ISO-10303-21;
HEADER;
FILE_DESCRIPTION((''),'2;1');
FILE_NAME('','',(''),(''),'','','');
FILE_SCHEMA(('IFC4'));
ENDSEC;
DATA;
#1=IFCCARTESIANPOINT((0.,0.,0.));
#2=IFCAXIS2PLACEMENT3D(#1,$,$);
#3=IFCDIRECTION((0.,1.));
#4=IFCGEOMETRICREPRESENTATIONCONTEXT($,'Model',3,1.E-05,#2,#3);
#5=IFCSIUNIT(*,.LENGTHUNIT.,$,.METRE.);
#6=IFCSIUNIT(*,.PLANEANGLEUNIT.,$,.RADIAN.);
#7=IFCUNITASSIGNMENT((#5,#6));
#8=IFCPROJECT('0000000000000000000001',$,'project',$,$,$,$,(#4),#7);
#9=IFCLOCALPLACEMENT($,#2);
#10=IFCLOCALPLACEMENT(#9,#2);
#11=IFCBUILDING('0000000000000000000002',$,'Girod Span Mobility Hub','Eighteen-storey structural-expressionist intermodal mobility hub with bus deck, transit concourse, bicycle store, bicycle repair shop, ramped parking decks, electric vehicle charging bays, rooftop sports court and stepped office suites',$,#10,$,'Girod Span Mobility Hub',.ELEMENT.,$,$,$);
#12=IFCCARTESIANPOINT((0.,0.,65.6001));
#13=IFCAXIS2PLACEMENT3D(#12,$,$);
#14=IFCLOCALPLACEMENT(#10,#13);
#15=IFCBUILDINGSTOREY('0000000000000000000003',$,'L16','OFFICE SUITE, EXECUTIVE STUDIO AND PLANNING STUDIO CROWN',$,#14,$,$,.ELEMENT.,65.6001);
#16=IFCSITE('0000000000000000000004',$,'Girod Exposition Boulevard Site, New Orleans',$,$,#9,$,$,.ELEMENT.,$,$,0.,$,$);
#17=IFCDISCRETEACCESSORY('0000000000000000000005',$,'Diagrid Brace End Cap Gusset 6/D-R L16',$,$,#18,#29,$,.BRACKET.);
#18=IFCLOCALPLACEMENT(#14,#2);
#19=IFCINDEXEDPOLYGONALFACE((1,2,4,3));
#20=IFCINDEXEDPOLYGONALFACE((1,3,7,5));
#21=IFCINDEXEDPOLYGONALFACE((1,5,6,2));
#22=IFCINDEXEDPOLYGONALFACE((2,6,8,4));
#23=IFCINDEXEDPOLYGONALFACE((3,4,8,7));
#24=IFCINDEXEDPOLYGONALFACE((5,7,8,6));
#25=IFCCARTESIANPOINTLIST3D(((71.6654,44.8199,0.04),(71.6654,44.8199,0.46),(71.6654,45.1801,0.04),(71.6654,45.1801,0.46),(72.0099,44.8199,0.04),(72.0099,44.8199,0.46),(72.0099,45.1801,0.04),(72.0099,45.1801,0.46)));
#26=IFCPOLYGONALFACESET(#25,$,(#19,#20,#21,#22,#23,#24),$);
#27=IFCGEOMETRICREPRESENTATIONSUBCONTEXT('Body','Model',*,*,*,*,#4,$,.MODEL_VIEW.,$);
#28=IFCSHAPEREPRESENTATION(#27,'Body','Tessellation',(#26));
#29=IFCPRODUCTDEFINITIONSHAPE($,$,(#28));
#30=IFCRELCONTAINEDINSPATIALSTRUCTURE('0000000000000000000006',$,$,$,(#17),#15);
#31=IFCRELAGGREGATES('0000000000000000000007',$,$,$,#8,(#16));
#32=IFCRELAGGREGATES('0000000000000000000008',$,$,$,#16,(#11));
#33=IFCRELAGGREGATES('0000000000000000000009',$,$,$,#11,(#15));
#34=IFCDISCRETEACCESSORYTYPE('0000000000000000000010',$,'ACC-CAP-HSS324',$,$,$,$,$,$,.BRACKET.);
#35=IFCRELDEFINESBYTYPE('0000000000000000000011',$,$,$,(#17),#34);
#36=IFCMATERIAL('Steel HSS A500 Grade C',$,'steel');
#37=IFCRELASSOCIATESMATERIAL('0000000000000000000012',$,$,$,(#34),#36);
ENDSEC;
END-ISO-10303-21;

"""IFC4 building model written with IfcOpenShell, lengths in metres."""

from ifc_helpers import new_model, si_unit, direction, frame, origin, origin_2d, place, context, subcontext, project, spatial, rectangle, extrude, material, type_object, element, save


model = new_model("IFC4")

# Units and contexts
model_context = context("Model", 3, precision=1e-05, world=origin(), true_north=direction((0.0, 1.0)))
body_context = subcontext(model_context, "Body", "Model", "MODEL_VIEW")
ifc_project = project(units=[si_unit("LENGTHUNIT", "METRE"), si_unit("PLANEANGLEUNIT", "RADIAN")], contexts=[model_context])

# Site, building, storey
site_placement = place(None, origin())
site = spatial("IfcSite", under=ifc_project, at=site_placement, Name="Girod Exposition Boulevard Site, New Orleans", CompositionType="ELEMENT", RefElevation=0.0)
building_placement = place(site_placement, origin())
building = spatial("IfcBuilding", under=site, at=building_placement, Name="Girod Span Mobility Hub", Description="Eighteen-storey structural-expressionist intermodal mobility hub with bus deck, transit concourse, bicycle store, bicycle repair shop, ramped parking decks, electric vehicle charging bays, rooftop sports court and stepped office suites", LongName="Girod Span Mobility Hub", CompositionType="ELEMENT")
storey_placement = place(building_placement, frame((0.0, 0.0, 65.6001)))
storey = spatial("IfcBuildingStorey", under=building, at=storey_placement, Name="L16", Description="OFFICE SUITE, EXECUTIVE STUDIO AND PLANNING STUDIO CROWN", CompositionType="ELEMENT", Elevation=65.6001)

# Discrete accessory
ifc_material_1 = material(Name="Steel HSS A500 Grade C", Category="steel")
discrete_accessory_type = type_object("IfcDiscreteAccessoryType", Name="ACC-CAP-HSS324", PredefinedType="BRACKET", material=ifc_material_1)
discrete_accessory_placement = place(storey_placement, frame((71.8376, 45.0, 0.04), z_axis=(0.0, 0.0, 1.0), x_axis=(1.0, 0.0, 0.0)))
element("IfcDiscreteAccessory", 1, at=discrete_accessory_placement, inside=storey, type_object=discrete_accessory_type, Name="Diagrid Brace End Cap Gusset 6/D-R L16", PredefinedType="BRACKET", context=body_context, shape_type="SweptSolid", body=[
    extrude(rectangle(XDim=0.3445, YDim=0.3601, at=origin_2d()), origin(), (0.0, 0.0, 1.0), 0.4199),
])

save(model, "model.ifc")
